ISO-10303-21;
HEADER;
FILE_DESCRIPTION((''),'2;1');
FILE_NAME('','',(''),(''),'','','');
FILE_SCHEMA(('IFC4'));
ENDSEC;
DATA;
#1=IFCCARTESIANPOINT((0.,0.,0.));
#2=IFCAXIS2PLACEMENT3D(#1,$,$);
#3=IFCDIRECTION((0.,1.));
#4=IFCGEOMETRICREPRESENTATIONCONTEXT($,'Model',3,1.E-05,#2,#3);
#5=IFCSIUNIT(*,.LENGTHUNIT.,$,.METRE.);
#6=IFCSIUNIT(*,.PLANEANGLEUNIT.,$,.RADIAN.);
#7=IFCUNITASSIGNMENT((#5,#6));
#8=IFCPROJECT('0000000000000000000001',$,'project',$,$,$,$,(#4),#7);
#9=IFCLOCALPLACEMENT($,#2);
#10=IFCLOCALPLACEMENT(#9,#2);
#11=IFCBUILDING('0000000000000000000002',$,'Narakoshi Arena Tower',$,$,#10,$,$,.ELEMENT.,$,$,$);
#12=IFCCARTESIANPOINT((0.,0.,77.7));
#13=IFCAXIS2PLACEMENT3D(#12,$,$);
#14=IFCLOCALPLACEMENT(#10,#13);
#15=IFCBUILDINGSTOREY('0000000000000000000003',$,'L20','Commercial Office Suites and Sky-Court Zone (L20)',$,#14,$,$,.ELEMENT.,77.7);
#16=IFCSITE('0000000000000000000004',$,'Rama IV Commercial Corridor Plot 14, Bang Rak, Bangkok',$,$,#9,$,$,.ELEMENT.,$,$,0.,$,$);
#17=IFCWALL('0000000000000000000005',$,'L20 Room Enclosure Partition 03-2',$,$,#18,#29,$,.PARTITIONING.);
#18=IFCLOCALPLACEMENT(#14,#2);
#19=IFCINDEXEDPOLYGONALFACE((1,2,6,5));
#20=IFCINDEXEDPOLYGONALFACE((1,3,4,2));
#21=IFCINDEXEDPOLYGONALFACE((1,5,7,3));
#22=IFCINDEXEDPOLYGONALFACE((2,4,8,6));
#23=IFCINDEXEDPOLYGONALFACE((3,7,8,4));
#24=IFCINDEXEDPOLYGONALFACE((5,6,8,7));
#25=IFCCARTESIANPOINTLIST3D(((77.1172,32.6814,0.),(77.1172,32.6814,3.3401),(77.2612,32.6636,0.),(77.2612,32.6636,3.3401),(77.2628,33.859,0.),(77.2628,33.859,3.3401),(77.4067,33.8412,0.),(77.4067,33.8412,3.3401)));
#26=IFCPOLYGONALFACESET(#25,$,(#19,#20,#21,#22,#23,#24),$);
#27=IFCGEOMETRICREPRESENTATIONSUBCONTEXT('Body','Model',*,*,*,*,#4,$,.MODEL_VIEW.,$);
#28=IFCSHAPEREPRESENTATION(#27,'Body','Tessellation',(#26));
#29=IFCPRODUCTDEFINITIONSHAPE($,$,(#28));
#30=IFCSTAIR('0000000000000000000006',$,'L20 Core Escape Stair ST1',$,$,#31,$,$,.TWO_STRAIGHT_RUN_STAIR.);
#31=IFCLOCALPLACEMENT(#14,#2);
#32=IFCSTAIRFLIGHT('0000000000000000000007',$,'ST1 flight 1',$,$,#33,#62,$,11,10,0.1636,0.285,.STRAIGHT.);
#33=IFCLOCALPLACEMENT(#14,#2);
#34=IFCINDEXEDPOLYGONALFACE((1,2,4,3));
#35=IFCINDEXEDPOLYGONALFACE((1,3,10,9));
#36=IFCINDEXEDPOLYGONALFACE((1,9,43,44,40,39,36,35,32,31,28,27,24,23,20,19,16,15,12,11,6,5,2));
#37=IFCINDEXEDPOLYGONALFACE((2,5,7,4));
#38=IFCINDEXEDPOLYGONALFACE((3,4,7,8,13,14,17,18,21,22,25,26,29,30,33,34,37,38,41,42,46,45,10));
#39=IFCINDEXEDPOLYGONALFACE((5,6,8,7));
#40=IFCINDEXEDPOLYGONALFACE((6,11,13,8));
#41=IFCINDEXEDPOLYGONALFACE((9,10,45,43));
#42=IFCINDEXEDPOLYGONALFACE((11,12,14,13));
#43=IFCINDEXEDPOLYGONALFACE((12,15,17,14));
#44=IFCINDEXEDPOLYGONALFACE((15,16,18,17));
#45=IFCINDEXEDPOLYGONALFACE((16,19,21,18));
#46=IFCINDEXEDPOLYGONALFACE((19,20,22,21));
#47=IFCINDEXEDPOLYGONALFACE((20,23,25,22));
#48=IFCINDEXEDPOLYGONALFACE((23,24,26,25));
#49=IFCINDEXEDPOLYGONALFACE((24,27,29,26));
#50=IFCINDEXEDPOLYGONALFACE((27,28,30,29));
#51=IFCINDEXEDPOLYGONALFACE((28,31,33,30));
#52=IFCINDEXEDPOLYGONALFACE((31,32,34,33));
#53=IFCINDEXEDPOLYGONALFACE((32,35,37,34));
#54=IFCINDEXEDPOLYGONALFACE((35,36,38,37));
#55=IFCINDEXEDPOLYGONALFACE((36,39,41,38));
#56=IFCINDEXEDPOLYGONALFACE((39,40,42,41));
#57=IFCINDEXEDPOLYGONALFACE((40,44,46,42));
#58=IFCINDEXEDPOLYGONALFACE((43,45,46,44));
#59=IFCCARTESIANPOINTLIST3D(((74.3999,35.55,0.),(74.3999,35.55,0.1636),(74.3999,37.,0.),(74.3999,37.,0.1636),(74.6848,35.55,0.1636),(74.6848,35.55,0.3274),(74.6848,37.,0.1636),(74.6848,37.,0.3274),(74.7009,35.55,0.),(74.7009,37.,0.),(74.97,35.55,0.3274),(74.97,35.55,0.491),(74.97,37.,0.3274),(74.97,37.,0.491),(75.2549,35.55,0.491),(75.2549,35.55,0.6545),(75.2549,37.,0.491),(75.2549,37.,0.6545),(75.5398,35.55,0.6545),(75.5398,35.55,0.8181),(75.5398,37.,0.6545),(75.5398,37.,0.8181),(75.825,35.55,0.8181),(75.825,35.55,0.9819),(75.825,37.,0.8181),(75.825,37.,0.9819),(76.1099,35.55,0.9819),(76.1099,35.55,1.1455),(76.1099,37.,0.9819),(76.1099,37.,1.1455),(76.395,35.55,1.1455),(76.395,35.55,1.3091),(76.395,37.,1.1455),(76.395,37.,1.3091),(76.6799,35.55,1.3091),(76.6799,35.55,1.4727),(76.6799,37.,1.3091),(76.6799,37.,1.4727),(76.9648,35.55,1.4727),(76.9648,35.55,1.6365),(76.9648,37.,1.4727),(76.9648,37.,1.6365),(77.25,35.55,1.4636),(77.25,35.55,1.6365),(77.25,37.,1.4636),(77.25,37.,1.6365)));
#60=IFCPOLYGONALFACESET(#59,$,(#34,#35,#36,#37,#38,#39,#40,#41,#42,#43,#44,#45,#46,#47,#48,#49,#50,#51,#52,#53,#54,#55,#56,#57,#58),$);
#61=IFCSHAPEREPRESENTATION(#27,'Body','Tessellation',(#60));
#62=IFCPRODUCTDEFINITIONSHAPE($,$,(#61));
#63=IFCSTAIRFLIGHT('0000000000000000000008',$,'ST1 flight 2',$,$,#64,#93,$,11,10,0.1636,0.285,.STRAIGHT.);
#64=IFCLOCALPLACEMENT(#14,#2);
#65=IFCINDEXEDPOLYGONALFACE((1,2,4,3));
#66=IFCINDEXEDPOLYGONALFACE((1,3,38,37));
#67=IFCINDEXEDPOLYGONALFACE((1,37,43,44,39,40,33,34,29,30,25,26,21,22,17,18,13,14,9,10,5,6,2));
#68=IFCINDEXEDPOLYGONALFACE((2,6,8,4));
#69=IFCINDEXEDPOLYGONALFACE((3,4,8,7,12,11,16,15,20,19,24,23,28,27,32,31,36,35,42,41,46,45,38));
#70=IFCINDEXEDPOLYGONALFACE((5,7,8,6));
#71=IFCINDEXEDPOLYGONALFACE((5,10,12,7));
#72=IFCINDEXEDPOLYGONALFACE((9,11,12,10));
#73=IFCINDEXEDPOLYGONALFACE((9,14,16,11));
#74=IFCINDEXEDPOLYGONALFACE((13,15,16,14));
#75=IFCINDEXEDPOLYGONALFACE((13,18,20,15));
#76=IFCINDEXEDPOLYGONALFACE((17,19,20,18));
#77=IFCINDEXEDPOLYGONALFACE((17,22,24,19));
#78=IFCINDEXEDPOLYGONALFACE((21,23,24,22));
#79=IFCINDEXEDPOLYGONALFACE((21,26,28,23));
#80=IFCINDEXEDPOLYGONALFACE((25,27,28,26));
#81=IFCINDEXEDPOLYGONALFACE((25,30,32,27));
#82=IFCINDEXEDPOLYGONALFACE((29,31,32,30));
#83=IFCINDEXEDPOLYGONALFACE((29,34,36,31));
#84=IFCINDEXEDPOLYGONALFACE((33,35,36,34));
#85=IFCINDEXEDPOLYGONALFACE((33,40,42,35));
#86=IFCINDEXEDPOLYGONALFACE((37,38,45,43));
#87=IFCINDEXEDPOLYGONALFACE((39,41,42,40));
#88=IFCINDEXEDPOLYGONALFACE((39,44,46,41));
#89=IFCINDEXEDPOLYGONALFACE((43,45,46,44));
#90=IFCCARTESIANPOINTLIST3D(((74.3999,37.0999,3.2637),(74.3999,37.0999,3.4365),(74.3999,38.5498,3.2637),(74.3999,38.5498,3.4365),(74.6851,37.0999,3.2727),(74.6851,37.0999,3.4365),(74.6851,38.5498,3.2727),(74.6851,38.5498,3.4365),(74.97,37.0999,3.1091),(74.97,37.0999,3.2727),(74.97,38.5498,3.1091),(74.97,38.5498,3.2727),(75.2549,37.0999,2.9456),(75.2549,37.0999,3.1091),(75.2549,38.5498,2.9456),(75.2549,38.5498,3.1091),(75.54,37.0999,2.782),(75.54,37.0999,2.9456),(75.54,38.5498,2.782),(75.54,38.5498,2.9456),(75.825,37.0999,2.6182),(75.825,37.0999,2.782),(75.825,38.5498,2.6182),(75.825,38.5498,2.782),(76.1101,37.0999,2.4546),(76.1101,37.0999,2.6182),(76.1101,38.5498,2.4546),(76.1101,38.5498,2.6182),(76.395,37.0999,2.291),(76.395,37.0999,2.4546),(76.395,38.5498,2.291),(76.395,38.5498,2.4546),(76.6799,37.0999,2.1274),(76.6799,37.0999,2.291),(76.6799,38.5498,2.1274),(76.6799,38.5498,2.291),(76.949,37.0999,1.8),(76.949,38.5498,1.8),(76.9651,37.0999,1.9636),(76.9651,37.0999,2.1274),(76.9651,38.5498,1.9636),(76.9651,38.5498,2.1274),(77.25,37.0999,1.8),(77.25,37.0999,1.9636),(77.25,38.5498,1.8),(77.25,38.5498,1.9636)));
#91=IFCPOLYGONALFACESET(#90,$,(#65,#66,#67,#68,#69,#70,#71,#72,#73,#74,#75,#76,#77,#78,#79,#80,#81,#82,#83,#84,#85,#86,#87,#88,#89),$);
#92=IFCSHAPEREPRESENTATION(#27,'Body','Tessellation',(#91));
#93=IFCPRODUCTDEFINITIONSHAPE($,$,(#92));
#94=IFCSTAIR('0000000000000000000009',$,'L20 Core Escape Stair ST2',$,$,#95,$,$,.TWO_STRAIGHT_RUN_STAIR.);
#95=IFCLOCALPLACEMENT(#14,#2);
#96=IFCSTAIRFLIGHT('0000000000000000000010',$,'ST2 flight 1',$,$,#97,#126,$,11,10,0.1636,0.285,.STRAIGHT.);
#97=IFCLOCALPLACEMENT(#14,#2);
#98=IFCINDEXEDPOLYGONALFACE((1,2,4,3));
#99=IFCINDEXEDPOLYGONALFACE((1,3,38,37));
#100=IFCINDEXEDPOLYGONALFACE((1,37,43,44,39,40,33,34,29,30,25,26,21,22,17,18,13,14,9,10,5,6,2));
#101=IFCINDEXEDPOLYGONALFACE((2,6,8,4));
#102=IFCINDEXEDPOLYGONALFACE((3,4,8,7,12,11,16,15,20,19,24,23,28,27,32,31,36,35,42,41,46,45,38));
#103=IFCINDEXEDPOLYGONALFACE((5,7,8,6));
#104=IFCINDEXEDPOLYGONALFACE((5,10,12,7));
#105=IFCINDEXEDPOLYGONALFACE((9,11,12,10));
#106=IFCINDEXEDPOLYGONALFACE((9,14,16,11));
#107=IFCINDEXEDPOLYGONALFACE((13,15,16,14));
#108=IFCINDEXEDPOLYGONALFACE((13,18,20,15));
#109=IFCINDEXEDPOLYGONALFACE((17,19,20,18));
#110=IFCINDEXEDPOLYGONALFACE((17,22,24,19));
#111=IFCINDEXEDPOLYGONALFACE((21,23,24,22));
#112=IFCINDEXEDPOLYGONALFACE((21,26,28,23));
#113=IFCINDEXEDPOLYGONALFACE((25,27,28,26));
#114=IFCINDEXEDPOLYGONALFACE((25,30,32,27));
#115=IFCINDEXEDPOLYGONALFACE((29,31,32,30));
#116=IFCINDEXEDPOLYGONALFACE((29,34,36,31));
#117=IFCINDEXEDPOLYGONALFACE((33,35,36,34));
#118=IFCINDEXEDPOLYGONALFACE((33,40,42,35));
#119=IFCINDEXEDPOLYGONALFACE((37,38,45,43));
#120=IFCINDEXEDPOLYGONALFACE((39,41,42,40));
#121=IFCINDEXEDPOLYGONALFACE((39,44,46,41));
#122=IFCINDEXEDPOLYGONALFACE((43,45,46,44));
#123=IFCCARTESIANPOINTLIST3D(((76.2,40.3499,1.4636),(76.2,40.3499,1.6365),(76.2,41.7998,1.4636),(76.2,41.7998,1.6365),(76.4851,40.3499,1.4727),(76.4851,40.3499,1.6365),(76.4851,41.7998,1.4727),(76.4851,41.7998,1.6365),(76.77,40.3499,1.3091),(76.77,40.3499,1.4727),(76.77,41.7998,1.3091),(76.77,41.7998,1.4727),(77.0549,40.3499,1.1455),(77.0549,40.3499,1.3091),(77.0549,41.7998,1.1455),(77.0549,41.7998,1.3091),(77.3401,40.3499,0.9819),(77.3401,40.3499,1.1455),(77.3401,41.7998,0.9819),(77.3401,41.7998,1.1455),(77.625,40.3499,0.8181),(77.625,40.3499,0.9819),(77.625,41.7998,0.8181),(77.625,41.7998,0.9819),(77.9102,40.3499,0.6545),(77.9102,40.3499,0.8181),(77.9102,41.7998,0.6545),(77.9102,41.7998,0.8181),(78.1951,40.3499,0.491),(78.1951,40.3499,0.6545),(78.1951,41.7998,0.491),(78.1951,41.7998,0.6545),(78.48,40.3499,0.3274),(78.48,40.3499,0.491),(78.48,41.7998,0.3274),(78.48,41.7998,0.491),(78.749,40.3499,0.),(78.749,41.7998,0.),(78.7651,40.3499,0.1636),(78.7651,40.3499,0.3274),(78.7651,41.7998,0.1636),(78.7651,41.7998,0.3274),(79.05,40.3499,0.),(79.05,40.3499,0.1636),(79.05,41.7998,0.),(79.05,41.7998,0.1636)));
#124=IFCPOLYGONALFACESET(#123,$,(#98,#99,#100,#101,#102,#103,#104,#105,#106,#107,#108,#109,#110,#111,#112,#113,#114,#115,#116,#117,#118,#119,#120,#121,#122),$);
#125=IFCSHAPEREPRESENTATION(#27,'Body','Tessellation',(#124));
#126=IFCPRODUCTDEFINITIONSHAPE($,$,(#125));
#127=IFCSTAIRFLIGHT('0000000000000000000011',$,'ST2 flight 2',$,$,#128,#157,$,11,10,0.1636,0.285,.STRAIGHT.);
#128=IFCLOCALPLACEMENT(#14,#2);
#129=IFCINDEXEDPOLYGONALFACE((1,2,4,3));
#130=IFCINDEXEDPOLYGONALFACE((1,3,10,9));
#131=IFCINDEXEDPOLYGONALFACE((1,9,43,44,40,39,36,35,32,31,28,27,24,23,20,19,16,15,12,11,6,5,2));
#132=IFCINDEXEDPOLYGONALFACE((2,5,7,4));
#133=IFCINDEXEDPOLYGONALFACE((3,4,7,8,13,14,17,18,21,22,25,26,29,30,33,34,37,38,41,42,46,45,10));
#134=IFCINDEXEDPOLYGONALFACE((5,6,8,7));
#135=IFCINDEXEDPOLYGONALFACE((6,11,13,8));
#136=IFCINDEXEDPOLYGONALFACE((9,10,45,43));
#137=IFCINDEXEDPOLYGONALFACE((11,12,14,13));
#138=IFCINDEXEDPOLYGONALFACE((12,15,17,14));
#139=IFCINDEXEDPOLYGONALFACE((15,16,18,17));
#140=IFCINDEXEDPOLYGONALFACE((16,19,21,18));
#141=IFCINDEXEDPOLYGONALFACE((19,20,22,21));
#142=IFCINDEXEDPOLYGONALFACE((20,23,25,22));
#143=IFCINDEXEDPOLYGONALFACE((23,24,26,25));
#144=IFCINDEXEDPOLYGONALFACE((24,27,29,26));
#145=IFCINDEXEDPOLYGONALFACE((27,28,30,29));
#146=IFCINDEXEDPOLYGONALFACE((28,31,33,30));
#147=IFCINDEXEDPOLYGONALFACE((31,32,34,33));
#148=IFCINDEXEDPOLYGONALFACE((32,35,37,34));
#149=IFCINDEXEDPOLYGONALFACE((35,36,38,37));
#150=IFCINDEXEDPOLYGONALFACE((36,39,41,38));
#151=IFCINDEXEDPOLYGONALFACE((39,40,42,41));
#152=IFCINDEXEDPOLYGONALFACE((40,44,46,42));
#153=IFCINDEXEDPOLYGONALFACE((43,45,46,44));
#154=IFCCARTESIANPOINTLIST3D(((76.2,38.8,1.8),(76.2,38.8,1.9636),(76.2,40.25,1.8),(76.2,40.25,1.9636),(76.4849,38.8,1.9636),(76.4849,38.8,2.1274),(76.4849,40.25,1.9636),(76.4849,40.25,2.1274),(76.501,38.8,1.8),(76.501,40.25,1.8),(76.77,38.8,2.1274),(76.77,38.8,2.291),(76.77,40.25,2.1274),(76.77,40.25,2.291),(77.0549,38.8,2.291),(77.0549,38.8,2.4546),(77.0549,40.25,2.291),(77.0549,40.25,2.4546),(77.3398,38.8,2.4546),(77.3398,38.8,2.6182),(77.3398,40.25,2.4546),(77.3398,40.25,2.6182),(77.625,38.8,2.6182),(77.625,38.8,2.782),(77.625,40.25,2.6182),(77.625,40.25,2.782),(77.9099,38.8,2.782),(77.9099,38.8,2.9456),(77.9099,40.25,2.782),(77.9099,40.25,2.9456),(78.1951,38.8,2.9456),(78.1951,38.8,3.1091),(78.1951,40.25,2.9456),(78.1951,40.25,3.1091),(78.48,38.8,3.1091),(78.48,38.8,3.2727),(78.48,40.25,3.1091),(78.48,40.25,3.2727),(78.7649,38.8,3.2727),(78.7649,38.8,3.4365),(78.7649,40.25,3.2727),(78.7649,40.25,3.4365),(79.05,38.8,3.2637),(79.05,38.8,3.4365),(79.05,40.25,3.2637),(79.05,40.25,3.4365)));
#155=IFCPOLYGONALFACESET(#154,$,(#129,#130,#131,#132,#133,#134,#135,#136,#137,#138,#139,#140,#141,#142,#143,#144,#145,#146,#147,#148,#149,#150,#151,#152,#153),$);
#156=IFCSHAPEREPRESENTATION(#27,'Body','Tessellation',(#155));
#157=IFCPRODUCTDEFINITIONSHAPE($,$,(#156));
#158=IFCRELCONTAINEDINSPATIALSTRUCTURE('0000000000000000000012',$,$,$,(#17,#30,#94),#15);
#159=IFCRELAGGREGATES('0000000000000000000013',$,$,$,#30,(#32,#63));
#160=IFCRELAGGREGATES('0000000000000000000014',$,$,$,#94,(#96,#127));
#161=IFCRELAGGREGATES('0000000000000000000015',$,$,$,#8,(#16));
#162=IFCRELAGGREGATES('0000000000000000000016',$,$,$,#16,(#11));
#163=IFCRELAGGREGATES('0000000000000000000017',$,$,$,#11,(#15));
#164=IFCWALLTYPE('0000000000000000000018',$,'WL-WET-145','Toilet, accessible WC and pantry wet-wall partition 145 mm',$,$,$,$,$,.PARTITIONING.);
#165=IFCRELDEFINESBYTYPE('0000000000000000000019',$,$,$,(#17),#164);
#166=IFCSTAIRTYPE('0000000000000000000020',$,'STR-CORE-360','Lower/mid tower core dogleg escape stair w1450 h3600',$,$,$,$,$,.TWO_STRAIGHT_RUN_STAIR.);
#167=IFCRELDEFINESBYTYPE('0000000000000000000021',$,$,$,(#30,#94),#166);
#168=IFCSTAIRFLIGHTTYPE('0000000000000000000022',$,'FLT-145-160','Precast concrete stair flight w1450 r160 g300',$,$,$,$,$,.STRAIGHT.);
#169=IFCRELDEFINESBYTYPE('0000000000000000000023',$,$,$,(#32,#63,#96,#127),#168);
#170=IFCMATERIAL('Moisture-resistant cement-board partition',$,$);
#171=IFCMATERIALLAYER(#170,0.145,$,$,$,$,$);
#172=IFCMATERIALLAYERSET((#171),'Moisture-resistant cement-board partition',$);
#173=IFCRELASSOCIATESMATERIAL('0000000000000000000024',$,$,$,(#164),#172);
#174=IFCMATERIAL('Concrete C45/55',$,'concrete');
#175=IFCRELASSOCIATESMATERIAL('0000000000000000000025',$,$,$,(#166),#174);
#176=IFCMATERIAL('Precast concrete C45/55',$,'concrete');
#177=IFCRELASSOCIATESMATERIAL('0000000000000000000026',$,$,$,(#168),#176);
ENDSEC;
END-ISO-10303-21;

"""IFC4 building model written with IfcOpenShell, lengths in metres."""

from ifc_helpers import new_model, si_unit, direction, frame, frame_2d, origin, place, context, subcontext, project, spatial, polyline, rectangle, outline, extrude, material, layer, layer_set, type_object, element, aggregate, save


model = new_model("IFC4")

# Units and contexts
model_context = context("Model", 3, precision=1e-05, world=origin(), true_north=direction((0.0, 1.0)))
body_context = subcontext(model_context, "Body", "Model", "MODEL_VIEW")
ifc_project = project(units=[si_unit("LENGTHUNIT", "METRE"), si_unit("PLANEANGLEUNIT", "RADIAN")], contexts=[model_context])

# Site, building, storey
site_placement = place(None, origin())
site = spatial("IfcSite", under=ifc_project, at=site_placement, Name="Rama IV Commercial Corridor Plot 14, Bang Rak, Bangkok", CompositionType="ELEMENT", RefElevation=0.0)
building_placement = place(site_placement, origin())
building = spatial("IfcBuilding", under=site, at=building_placement, Name="Narakoshi Arena Tower", CompositionType="ELEMENT")
storey_placement = place(building_placement, frame((0.0, 0.0, 77.7)))
storey = spatial("IfcBuildingStorey", under=building, at=storey_placement, Name="L20", Description="Commercial Office Suites and Sky-Court Zone (L20)", CompositionType="ELEMENT", Elevation=77.7)

# Wall
ifc_material_1 = material(Name="Moisture-resistant cement-board partition")
ifc_layer_1 = layer(ifc_material_1, 0.145)
ifc_layer_set_1 = layer_set([ifc_layer_1], Name="Moisture-resistant cement-board partition")
wall_type_1 = type_object("IfcWallType", Name="WL-WET-145", Description="Toilet, accessible WC and pantry wet-wall partition 145 mm", PredefinedType="PARTITIONING", material=ifc_layer_set_1)
wall_1_placement = place(storey_placement, frame((77.3347, 33.8501, 0.0), z_axis=(0.0, 0.0, 1.0), x_axis=(-0.122642, -0.992451, 0.0)))
element("IfcWall", 1, at=wall_1_placement, inside=storey, type_object=wall_type_1, Name="L20 Room Enclosure Partition 03-2", PredefinedType="PARTITIONING", context=body_context, shape_type="SweptSolid", body=[
    extrude(rectangle(XDim=1.1865, YDim=0.145, at=frame_2d((0.5933, 0.0))), origin(), (0.0, 0.0, 1.0), 3.3401),
])

# Stairs, stair flights
ifc_material_2 = material(Name="Concrete C45/55", Category="concrete")
stair_type = type_object("IfcStairType", Name="STR-CORE-360", Description="Lower/mid tower core dogleg escape stair w1450 h3600", PredefinedType="TWO_STRAIGHT_RUN_STAIR", material=ifc_material_2)
stair_1_placement = place(storey_placement, origin())
stair_1 = element("IfcStair", 2, at=stair_1_placement, inside=storey, type_object=stair_type, Name="L20 Core Escape Stair ST1", PredefinedType="TWO_STRAIGHT_RUN_STAIR")
ifc_material_3 = material(Name="Precast concrete C45/55", Category="concrete")
stair_flight_type = type_object("IfcStairFlightType", Name="FLT-145-160", Description="Precast concrete stair flight w1450 r160 g300", PredefinedType="STRAIGHT", material=ifc_material_3)
stair_flight_1_placement = place(storey_placement, frame((74.3999, 36.2749, 0.0), z_axis=(0.0, 0.0, 1.0), x_axis=(1.0, 0.0, 0.0)))
stair_flight_1 = element("IfcStairFlight", 3, at=stair_flight_1_placement, type_object=stair_flight_type, Name="ST1 flight 1", NumberOfRisers=11, NumberOfTreads=10, PredefinedType="STRAIGHT", RiserHeight=0.1636, TreadLength=0.285, context=body_context, shape_type="SweptSolid", body=[
    extrude(outline(polyline([(0.0, 0.0), (0.0, 0.1636), (0.2849, 0.1636), (0.2849, 0.3274), (0.5701, 0.3274), (0.5701, 0.491), (0.855, 0.491), (0.855, 0.6545), (1.1399, 0.6545), (1.1399, 0.8181), (1.425, 0.8181), (1.425, 0.9819), (1.71, 0.9819), (1.71, 1.1455), (1.9951, 1.1455), (1.9951, 1.3091), (2.28, 1.3091), (2.28, 1.4727), (2.5649, 1.4727), (2.5649, 1.6365), (2.8501, 1.6365), (2.8501, 1.8), (2.8501, 1.4636), (0.301, 0.0), (0.0, 0.0)])), frame((0.0, 0.7251, 0.0), z_axis=(0.0, -1.0, 0.0), x_axis=(1.0, 0.0, 0.0)), (0.0, 0.0, 1.0), 1.45),
])
stair_flight_2_placement = place(storey_placement, frame((77.25, 37.825, 1.8), z_axis=(0.0, 0.0, 1.0), x_axis=(-1.0, 0.0, 0.0)))
stair_flight_2 = element("IfcStairFlight", 4, at=stair_flight_2_placement, type_object=stair_flight_type, Name="ST1 flight 2", NumberOfRisers=11, NumberOfTreads=10, PredefinedType="STRAIGHT", RiserHeight=0.1636, TreadLength=0.285, context=body_context, shape_type="SweptSolid", body=[
    extrude(outline(polyline([(0.0, 0.0), (0.0, 0.1636), (0.2849, 0.1636), (0.2849, 0.3274), (0.5701, 0.3274), (0.5701, 0.491), (0.855, 0.491), (0.855, 0.6545), (1.1399, 0.6545), (1.1399, 0.8181), (1.425, 0.8181), (1.425, 0.9819), (1.71, 0.9819), (1.71, 1.1455), (1.9951, 1.1455), (1.9951, 1.3091), (2.28, 1.3091), (2.28, 1.4727), (2.5649, 1.4727), (2.5649, 1.6365), (2.8501, 1.6365), (2.8501, 1.8), (2.8501, 1.4636), (0.301, 0.0), (0.0, 0.0)])), frame((0.0, 0.7251, 0.0), z_axis=(0.0, -1.0, 0.0), x_axis=(1.0, 0.0, 0.0)), (0.0, 0.0, 1.0), 1.45),
])
aggregate(stair_1, [stair_flight_1, stair_flight_2])
stair_2_placement = place(storey_placement, origin())
stair_2 = element("IfcStair", 5, at=stair_2_placement, inside=storey, type_object=stair_type, Name="L20 Core Escape Stair ST2", PredefinedType="TWO_STRAIGHT_RUN_STAIR")
stair_flight_3_placement = place(storey_placement, frame((79.05, 41.075, 0.0), z_axis=(0.0, 0.0, 1.0), x_axis=(-1.0, 0.0, 0.0)))
stair_flight_3 = element("IfcStairFlight", 6, at=stair_flight_3_placement, type_object=stair_flight_type, Name="ST2 flight 1", NumberOfRisers=11, NumberOfTreads=10, PredefinedType="STRAIGHT", RiserHeight=0.1636, TreadLength=0.285, context=body_context, shape_type="SweptSolid", body=[
    extrude(outline(polyline([(0.0, 0.0), (0.0, 0.1636), (0.2849, 0.1636), (0.2849, 0.3274), (0.5701, 0.3274), (0.5701, 0.491), (0.855, 0.491), (0.855, 0.6545), (1.1399, 0.6545), (1.1399, 0.8181), (1.425, 0.8181), (1.425, 0.9819), (1.71, 0.9819), (1.71, 1.1455), (1.9951, 1.1455), (1.9951, 1.3091), (2.28, 1.3091), (2.28, 1.4727), (2.5649, 1.4727), (2.5649, 1.6365), (2.8501, 1.6365), (2.8501, 1.8), (2.8501, 1.4636), (0.301, 0.0), (0.0, 0.0)])), frame((0.0, 0.7251, 0.0), z_axis=(0.0, -1.0, 0.0), x_axis=(1.0, 0.0, 0.0)), (0.0, 0.0, 1.0), 1.45),
])
stair_flight_4_placement = place(storey_placement, frame((76.2, 39.5249, 1.8), z_axis=(0.0, 0.0, 1.0), x_axis=(1.0, 0.0, 0.0)))
stair_flight_4 = element("IfcStairFlight", 7, at=stair_flight_4_placement, type_object=stair_flight_type, Name="ST2 flight 2", NumberOfRisers=11, NumberOfTreads=10, PredefinedType="STRAIGHT", RiserHeight=0.1636, TreadLength=0.285, context=body_context, shape_type="SweptSolid", body=[
    extrude(outline(polyline([(0.0, 0.0), (0.0, 0.1636), (0.2849, 0.1636), (0.2849, 0.3274), (0.5701, 0.3274), (0.5701, 0.491), (0.855, 0.491), (0.855, 0.6545), (1.1399, 0.6545), (1.1399, 0.8181), (1.425, 0.8181), (1.425, 0.9819), (1.71, 0.9819), (1.71, 1.1455), (1.9951, 1.1455), (1.9951, 1.3091), (2.28, 1.3091), (2.28, 1.4727), (2.5649, 1.4727), (2.5649, 1.6365), (2.8501, 1.6365), (2.8501, 1.8), (2.8501, 1.4636), (0.301, 0.0), (0.0, 0.0)])), frame((0.0, 0.7251, 0.0), z_axis=(0.0, -1.0, 0.0), x_axis=(1.0, 0.0, 0.0)), (0.0, 0.0, 1.0), 1.45),
])
aggregate(stair_2, [stair_flight_3, stair_flight_4])

save(model, "model.ifc")
